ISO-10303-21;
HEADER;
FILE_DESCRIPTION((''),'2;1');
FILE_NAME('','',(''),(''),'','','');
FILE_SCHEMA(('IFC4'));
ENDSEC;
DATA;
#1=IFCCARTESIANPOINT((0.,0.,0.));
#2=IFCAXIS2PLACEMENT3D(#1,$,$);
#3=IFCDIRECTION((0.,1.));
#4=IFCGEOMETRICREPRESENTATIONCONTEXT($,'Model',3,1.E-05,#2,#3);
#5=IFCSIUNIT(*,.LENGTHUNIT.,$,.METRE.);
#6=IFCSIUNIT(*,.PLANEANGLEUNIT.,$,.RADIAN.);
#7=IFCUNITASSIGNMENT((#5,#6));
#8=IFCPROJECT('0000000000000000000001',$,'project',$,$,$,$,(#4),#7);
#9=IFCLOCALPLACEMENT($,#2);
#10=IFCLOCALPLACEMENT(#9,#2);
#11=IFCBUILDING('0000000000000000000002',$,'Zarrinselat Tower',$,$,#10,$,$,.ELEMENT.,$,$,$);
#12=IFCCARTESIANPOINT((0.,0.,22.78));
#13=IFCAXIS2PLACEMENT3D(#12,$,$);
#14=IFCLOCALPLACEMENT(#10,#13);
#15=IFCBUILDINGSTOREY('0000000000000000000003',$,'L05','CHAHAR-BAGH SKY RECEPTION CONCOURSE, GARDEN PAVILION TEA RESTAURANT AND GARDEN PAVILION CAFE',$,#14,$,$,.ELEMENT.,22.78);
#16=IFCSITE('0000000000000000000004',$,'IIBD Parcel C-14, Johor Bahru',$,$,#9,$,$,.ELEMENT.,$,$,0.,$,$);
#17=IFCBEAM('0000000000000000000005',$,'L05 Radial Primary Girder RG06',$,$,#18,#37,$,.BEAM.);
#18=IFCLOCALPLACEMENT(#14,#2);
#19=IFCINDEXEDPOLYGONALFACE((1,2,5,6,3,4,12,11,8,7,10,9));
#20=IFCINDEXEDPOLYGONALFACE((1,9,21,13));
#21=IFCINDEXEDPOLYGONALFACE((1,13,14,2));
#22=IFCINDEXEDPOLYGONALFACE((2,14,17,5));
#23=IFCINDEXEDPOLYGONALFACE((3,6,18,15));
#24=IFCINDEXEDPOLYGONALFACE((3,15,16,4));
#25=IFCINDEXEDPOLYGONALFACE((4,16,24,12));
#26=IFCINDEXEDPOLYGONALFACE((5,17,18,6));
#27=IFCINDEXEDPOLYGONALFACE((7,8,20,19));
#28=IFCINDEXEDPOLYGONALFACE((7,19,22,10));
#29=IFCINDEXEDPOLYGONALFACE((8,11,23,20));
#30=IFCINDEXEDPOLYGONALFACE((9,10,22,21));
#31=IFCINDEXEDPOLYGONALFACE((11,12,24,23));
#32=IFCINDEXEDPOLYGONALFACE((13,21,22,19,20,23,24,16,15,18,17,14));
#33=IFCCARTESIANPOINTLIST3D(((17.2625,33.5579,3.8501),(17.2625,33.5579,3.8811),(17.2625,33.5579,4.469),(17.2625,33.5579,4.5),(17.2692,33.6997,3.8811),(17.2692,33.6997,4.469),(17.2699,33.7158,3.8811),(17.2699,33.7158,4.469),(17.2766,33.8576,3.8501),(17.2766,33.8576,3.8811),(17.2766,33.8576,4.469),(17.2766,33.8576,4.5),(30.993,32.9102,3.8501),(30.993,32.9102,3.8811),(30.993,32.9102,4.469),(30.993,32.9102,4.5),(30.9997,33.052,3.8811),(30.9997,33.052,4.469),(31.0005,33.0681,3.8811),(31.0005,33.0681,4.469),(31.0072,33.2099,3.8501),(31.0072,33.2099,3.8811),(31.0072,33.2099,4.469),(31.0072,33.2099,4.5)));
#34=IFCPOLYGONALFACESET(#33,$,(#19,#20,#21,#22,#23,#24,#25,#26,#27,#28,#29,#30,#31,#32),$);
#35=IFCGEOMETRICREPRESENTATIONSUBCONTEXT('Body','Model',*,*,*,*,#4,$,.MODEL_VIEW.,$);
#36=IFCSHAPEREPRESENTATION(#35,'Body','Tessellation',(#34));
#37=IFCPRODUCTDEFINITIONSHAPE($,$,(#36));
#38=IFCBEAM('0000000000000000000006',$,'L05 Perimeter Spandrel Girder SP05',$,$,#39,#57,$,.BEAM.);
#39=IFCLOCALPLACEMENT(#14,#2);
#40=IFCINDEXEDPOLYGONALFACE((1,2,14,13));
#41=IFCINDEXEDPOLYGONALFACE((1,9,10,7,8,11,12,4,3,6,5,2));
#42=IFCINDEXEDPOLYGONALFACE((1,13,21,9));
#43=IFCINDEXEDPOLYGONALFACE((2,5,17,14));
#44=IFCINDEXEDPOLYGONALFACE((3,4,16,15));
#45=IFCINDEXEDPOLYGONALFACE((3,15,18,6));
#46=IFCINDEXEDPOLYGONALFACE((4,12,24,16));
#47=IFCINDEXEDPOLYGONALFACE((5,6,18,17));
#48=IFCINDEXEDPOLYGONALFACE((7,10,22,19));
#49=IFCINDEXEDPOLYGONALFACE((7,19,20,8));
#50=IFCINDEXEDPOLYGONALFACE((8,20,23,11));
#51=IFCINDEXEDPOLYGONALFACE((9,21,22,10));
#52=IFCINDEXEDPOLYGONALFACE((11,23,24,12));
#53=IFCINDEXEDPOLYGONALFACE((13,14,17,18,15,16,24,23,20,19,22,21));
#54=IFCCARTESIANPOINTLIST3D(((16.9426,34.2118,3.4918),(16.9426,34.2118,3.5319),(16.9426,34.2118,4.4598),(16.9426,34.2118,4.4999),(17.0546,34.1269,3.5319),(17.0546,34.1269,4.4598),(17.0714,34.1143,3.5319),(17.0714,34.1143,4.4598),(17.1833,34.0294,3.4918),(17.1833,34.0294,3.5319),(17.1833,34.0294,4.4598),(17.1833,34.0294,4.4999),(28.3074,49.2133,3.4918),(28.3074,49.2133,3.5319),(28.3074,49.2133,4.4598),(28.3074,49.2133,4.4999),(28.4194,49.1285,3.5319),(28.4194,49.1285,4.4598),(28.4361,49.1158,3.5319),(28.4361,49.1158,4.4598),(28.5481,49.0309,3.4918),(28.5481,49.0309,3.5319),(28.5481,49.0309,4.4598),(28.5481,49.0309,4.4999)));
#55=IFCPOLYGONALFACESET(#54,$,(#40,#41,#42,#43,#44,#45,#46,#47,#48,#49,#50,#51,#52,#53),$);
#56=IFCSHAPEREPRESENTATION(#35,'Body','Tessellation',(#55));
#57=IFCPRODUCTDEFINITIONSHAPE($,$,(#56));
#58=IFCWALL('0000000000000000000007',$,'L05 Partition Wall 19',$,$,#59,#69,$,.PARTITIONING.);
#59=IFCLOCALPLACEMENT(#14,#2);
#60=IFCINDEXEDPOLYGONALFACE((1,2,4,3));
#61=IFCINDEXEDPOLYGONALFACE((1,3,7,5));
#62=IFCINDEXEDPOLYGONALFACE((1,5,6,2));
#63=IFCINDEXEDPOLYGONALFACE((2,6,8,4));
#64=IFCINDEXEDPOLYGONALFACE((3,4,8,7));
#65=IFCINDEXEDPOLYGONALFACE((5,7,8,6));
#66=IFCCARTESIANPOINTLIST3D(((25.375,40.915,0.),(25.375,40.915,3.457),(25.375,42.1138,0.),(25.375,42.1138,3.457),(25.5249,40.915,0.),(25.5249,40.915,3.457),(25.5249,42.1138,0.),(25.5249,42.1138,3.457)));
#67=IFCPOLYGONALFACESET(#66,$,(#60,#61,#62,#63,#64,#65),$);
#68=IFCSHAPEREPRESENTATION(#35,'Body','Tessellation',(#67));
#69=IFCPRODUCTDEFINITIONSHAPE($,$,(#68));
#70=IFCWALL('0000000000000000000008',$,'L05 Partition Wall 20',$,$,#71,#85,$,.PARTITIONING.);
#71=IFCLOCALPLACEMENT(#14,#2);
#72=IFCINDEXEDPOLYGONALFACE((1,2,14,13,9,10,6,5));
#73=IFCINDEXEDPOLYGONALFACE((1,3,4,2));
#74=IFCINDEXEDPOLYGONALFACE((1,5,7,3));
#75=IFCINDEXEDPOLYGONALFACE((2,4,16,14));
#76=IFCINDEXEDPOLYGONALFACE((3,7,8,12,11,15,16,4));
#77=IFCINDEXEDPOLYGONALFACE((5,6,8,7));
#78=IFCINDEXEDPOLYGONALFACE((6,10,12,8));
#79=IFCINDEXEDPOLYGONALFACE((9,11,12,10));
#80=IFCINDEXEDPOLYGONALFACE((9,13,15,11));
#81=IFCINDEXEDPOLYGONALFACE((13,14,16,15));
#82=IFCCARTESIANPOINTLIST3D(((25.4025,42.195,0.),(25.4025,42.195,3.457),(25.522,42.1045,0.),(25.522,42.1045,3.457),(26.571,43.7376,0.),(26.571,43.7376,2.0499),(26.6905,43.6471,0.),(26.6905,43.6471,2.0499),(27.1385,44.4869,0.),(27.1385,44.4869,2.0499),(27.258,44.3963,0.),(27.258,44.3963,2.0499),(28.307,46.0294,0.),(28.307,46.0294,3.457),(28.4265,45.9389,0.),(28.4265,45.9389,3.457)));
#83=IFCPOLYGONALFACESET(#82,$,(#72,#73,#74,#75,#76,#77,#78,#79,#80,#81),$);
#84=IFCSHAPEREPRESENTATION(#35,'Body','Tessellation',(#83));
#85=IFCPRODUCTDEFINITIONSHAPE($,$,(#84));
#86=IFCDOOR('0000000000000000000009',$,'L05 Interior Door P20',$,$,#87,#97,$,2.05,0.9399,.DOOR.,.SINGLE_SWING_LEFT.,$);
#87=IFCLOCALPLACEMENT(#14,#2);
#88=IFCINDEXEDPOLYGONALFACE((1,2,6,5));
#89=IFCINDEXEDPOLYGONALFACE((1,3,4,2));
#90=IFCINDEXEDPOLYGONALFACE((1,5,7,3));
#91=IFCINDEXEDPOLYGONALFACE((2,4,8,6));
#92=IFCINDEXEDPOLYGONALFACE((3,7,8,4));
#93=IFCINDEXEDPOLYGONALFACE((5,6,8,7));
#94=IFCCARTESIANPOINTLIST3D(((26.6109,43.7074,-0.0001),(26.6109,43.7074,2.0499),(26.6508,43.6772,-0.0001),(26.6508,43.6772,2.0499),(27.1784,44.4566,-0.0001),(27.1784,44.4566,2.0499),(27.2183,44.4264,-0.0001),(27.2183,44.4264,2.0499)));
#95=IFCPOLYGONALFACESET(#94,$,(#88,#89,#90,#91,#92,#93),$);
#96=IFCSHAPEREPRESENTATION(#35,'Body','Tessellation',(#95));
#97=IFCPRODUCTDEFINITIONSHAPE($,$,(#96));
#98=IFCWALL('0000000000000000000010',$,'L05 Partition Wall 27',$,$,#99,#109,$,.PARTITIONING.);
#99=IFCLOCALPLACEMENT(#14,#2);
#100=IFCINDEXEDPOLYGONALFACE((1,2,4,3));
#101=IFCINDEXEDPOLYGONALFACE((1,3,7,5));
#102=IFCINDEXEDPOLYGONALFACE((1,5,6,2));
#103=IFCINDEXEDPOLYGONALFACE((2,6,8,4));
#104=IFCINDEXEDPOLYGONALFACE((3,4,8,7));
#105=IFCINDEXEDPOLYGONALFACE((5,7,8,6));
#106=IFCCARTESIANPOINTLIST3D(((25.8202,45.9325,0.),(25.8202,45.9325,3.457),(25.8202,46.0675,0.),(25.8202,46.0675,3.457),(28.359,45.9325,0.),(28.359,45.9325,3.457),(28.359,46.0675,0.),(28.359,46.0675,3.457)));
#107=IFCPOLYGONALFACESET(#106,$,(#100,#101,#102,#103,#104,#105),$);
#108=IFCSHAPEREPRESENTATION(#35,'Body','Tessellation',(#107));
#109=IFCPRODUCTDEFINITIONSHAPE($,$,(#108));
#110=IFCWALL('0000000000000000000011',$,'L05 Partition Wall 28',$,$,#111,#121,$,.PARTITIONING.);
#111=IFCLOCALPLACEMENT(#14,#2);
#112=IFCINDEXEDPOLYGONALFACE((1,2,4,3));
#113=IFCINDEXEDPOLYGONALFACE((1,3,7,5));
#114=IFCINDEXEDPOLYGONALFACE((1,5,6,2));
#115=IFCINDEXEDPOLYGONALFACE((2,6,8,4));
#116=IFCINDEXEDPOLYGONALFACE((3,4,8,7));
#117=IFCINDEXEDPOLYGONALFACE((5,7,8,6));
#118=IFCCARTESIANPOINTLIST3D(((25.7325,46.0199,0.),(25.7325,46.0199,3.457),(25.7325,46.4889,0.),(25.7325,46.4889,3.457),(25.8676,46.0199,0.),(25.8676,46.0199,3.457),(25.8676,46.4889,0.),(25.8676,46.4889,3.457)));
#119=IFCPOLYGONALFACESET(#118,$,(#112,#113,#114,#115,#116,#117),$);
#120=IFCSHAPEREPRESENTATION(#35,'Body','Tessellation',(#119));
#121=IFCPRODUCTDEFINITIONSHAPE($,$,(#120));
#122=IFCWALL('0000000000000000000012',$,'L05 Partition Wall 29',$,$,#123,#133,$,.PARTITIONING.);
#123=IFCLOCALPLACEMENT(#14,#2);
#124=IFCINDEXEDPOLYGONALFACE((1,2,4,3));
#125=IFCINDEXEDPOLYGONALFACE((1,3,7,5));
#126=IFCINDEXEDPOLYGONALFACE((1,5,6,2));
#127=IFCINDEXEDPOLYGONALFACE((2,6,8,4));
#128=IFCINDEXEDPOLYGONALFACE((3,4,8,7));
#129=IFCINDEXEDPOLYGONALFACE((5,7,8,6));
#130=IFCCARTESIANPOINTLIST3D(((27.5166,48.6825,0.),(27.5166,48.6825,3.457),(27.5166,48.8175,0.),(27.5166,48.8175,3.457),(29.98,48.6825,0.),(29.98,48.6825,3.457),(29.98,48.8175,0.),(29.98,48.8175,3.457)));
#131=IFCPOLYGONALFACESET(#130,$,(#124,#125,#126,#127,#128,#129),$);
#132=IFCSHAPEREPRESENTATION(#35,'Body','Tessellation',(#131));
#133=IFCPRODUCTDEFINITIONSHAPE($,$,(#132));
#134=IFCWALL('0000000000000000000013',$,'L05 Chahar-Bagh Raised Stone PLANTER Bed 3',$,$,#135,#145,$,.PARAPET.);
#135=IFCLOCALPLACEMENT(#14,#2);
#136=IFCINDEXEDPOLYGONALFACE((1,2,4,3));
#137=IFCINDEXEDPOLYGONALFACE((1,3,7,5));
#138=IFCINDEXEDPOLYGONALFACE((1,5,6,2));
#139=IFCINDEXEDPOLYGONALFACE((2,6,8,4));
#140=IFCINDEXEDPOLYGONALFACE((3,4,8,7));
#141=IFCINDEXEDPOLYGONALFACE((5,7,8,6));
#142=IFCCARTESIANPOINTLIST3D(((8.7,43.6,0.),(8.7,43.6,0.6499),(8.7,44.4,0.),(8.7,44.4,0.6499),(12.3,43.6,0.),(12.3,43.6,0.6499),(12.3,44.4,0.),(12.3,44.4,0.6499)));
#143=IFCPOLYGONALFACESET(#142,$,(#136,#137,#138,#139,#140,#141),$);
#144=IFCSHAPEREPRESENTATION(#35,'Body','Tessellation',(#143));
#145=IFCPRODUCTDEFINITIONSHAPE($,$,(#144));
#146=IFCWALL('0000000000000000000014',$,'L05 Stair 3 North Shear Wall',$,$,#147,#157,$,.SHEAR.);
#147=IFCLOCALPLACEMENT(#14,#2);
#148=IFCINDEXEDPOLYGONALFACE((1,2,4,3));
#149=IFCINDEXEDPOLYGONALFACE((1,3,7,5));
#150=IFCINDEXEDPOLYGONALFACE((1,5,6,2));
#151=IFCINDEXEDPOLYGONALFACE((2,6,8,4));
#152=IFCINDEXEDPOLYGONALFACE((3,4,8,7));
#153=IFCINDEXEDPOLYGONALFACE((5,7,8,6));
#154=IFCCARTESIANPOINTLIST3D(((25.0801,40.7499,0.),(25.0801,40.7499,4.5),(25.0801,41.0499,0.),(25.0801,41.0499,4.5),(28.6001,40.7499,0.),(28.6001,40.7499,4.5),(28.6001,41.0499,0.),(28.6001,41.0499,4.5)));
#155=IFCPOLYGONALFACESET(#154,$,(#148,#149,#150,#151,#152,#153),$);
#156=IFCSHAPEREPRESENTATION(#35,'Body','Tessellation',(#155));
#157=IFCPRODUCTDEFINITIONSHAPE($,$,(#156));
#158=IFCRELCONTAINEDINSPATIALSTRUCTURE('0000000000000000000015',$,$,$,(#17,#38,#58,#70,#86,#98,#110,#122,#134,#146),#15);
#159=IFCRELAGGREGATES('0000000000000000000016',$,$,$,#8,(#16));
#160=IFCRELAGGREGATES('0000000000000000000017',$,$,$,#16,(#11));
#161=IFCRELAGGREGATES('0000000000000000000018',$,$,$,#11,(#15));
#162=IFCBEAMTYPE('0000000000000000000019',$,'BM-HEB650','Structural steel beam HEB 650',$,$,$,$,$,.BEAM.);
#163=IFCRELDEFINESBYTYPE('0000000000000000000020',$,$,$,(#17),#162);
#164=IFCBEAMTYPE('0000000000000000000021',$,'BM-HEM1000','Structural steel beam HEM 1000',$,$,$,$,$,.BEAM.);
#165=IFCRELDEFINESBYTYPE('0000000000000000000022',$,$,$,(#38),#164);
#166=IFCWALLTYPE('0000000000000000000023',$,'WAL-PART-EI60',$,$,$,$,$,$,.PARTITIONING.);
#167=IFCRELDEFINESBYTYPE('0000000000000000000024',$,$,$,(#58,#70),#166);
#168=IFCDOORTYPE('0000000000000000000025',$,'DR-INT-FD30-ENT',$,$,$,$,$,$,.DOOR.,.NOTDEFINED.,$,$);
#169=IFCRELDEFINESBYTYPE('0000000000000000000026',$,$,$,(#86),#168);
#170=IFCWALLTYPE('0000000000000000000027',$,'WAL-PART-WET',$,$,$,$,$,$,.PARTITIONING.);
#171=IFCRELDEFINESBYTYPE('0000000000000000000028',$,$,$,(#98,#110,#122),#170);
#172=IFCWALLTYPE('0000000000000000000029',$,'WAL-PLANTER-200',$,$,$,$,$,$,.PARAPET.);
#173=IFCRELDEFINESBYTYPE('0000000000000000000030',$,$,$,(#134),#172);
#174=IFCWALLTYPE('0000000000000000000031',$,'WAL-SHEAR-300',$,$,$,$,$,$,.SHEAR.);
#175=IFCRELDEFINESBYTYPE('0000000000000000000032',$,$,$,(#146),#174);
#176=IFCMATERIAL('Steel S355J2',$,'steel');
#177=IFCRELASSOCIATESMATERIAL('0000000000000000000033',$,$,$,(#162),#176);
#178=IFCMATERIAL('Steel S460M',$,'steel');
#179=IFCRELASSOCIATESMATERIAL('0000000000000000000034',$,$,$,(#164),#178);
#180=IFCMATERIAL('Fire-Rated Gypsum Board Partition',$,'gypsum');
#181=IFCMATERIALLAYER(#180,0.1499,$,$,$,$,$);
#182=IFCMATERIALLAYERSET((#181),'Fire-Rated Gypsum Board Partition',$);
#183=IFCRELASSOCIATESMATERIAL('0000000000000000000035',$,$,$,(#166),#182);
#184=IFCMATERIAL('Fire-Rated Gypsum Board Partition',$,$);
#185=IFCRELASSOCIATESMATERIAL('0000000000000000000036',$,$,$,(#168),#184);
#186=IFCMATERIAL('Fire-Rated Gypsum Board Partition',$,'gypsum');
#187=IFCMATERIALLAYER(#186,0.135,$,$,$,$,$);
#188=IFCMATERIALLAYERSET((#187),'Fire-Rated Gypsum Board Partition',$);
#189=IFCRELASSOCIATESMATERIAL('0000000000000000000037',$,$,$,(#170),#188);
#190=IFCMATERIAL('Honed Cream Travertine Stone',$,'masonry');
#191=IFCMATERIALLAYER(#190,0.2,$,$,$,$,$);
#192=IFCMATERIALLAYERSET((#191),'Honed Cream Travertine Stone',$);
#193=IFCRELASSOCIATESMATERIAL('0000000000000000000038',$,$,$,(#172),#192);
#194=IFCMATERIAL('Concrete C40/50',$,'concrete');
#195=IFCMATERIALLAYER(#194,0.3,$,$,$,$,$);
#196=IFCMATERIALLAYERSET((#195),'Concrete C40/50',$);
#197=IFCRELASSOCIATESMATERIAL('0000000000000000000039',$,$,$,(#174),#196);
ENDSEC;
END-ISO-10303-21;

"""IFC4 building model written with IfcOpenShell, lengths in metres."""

from ifc_helpers import new_model, si_unit, direction, frame, frame_2d, origin, origin_2d, place, context, subcontext, project, spatial, rectangle, i_section, extrude, material, layer, layer_set, material_profile, profile_set, type_object, element, fill, save


model = new_model("IFC4")

# Units and contexts
model_context = context("Model", 3, precision=1e-05, world=origin(), true_north=direction((0.0, 1.0)))
body_context = subcontext(model_context, "Body", "Model", "MODEL_VIEW")
ifc_project = project(units=[si_unit("LENGTHUNIT", "METRE"), si_unit("PLANEANGLEUNIT", "RADIAN")], contexts=[model_context])

# Site, building, storey
site_placement = place(None, origin())
site = spatial("IfcSite", under=ifc_project, at=site_placement, Name="IIBD Parcel C-14, Johor Bahru", CompositionType="ELEMENT", RefElevation=0.0)
building_placement = place(site_placement, origin())
building = spatial("IfcBuilding", under=site, at=building_placement, Name="Zarrinselat Tower", CompositionType="ELEMENT")
storey_placement = place(building_placement, frame((0.0, 0.0, 22.78)))
storey = spatial("IfcBuildingStorey", under=building, at=storey_placement, Name="L05", Description="CHAHAR-BAGH SKY RECEPTION CONCOURSE, GARDEN PAVILION TEA RESTAURANT AND GARDEN PAVILION CAFE", CompositionType="ELEMENT", Elevation=22.78)

# Beams
ifc_material_1 = material(Name="Steel S355J2", Category="steel")
ifc_material_profile_1 = material_profile(ifc_material_1, i_section(OverallWidth=0.3, OverallDepth=0.6499, WebThickness=0.0161, FlangeThickness=0.031, at=origin_2d()), Name="HEB 650")
ifc_profile_set_1 = profile_set([ifc_material_profile_1], Name="Steel S355J2")
beam_type_1 = type_object("IfcBeamType", Name="BM-HEB650", Description="Structural steel beam HEB 650", PredefinedType="BEAM", material=ifc_profile_set_1)
beam_1_placement = place(storey_placement, frame((17.2695, 33.7078, 4.175), z_axis=(0.998889, -0.04712, 0.0), x_axis=(0.04712, 0.998889, 0.0)))
element("IfcBeam", 1, at=beam_1_placement, inside=storey, type_object=beam_type_1, Name="L05 Radial Primary Girder RG06", PredefinedType="BEAM", context=body_context, shape_type="SweptSolid", body=[
    extrude(i_section(OverallWidth=0.3, OverallDepth=0.6499, WebThickness=0.0161, FlangeThickness=0.031, at=origin_2d()), origin(), (0.0, 0.0, 1.0), 13.7458),
])
ifc_material_2 = material(Name="Steel S460M", Category="steel")
ifc_material_profile_2 = material_profile(ifc_material_2, i_section(OverallWidth=0.302, OverallDepth=1.0081, WebThickness=0.021, FlangeThickness=0.04, at=origin_2d()), Name="HEM 1000")
ifc_profile_set_2 = profile_set([ifc_material_profile_2], Name="Steel S460M")
beam_type_2 = type_object("IfcBeamType", Name="BM-HEM1000", Description="Structural steel beam HEM 1000", PredefinedType="BEAM", material=ifc_profile_set_2)
beam_2_placement = place(storey_placement, frame((17.063, 34.1206, 3.9958), z_axis=(0.603858, 0.797092, 0.0), x_axis=(-0.797092, 0.603858, 0.0)))
element("IfcBeam", 2, at=beam_2_placement, inside=storey, type_object=beam_type_2, Name="L05 Perimeter Spandrel Girder SP05", PredefinedType="BEAM", context=body_context, shape_type="SweptSolid", body=[
    extrude(i_section(OverallWidth=0.302, OverallDepth=1.0081, WebThickness=0.021, FlangeThickness=0.04, at=origin_2d()), origin(), (0.0, 0.0, 1.0), 18.8203),
])

# Wall
ifc_material_3 = material(Name="Fire-Rated Gypsum Board Partition", Category="gypsum")
ifc_layer_1 = layer(ifc_material_3, 0.1499)
ifc_layer_set_1 = layer_set([ifc_layer_1], Name="Fire-Rated Gypsum Board Partition")
wall_type_1 = type_object("IfcWallType", Name="WAL-PART-EI60", PredefinedType="PARTITIONING", material=ifc_layer_set_1)
wall_1_placement = place(storey_placement, frame((25.45, 40.915, 0.0), z_axis=(0.0, 0.0, 1.0), x_axis=(0.0, 1.0, 0.0)))
element("IfcWall", 3, at=wall_1_placement, inside=storey, type_object=wall_type_1, Name="L05 Partition Wall 19", PredefinedType="PARTITIONING", context=body_context, shape_type="SweptSolid", body=[
    extrude(rectangle(XDim=1.1987, YDim=0.1499, at=frame_2d((0.5994, 0.0))), origin(), (0.0, 0.0, 1.0), 3.457),
])

# Wall, opening, door
wall_2_placement = place(storey_placement, frame((25.4622, 42.1497, 0.0), z_axis=(0.0, 0.0, 1.0), x_axis=(0.60381, 0.797128, 0.0)))
wall_2 = element("IfcWall", 4, at=wall_2_placement, inside=storey, type_object=wall_type_1, Name="L05 Partition Wall 20", PredefinedType="PARTITIONING", context=body_context, shape_type="SweptSolid", body=[
    extrude(rectangle(XDim=4.8103, YDim=0.1499, at=frame_2d((2.4053, 0.0))), origin(), (0.0, 0.0, 1.0), 3.457),
])
opening_placement = place(wall_2_placement, frame((1.9353, 0.0, 0.0)))
opening = element("IfcOpeningElement", 5, at=opening_placement, cuts=wall_2, PredefinedType="OPENING", context=body_context, shape_type="SweptSolid", body=[
    extrude(rectangle(XDim=0.9399, YDim=2.05, at=frame_2d((0.47, 1.0249))), frame((0.0, 0.085, 0.0), z_axis=(0.0, -1.0, 0.0), x_axis=(1.0, 0.0, 0.0)), (0.0, 0.0, 1.0), 0.1699),
])
ifc_material_4 = material(Name="Fire-Rated Gypsum Board Partition")
door_type = type_object("IfcDoorType", Name="DR-INT-FD30-ENT", OperationType="NOTDEFINED", PredefinedType="DOOR", material=ifc_material_4)
door_placement = place(opening_placement, origin())
door = element("IfcDoor", 6, at=door_placement, inside=storey, type_object=door_type, Name="L05 Interior Door P20", OperationType="SINGLE_SWING_LEFT", OverallHeight=2.05, OverallWidth=0.9399, PredefinedType="DOOR", context=body_context, shape_type="SweptSolid", body=[
    extrude(rectangle(XDim=0.9399, YDim=2.05, at=frame_2d((0.47, 1.0249))), frame((0.0, 0.0249, 0.0), z_axis=(0.0, -1.0, 0.0), x_axis=(1.0, 0.0, 0.0)), (0.0, 0.0, 1.0), 0.05),
])
fill(opening, door)

# Walls
ifc_material_5 = material(Name="Fire-Rated Gypsum Board Partition", Category="gypsum")
ifc_layer_2 = layer(ifc_material_5, 0.135)
ifc_layer_set_2 = layer_set([ifc_layer_2], Name="Fire-Rated Gypsum Board Partition")
wall_type_2 = type_object("IfcWallType", Name="WAL-PART-WET", PredefinedType="PARTITIONING", material=ifc_layer_set_2)
wall_3_placement = place(storey_placement, frame((25.8201, 46.0, 0.0), z_axis=(0.0, 0.0, 1.0), x_axis=(1.0, 0.0, 0.0)))
element("IfcWall", 7, at=wall_3_placement, inside=storey, type_object=wall_type_2, Name="L05 Partition Wall 27", PredefinedType="PARTITIONING", context=body_context, shape_type="SweptSolid", body=[
    extrude(rectangle(XDim=2.5388, YDim=0.135, at=frame_2d((1.2695, 0.0))), origin(), (0.0, 0.0, 1.0), 3.457),
])
wall_4_placement = place(storey_placement, frame((25.8, 46.02, 0.0), z_axis=(0.0, 0.0, 1.0), x_axis=(0.0, 1.0, 0.0)))
element("IfcWall", 8, at=wall_4_placement, inside=storey, type_object=wall_type_2, Name="L05 Partition Wall 28", PredefinedType="PARTITIONING", context=body_context, shape_type="SweptSolid", body=[
    extrude(rectangle(XDim=0.469, YDim=0.135, at=frame_2d((0.2344, 0.0))), origin(), (0.0, 0.0, 1.0), 3.457),
])
wall_5_placement = place(storey_placement, frame((27.5166, 48.75, 0.0), z_axis=(0.0, 0.0, 1.0), x_axis=(1.0, 0.0, 0.0)))
element("IfcWall", 9, at=wall_5_placement, inside=storey, type_object=wall_type_2, Name="L05 Partition Wall 29", PredefinedType="PARTITIONING", context=body_context, shape_type="SweptSolid", body=[
    extrude(rectangle(XDim=2.4634, YDim=0.135, at=frame_2d((1.2317, 0.0))), origin(), (0.0, 0.0, 1.0), 3.457),
])
ifc_material_6 = material(Name="Honed Cream Travertine Stone", Category="masonry")
ifc_layer_3 = layer(ifc_material_6, 0.2)
ifc_layer_set_3 = layer_set([ifc_layer_3], Name="Honed Cream Travertine Stone")
wall_type_3 = type_object("IfcWallType", Name="WAL-PLANTER-200", PredefinedType="PARAPET", material=ifc_layer_set_3)
wall_6_placement = place(storey_placement, frame((8.7, 44.0, 0.0), z_axis=(0.0, 0.0, 1.0), x_axis=(1.0, 0.0, 0.0)))
element("IfcWall", 10, at=wall_6_placement, inside=storey, type_object=wall_type_3, Name="L05 Chahar-Bagh Raised Stone PLANTER Bed 3", PredefinedType="PARAPET", context=body_context, shape_type="SweptSolid", body=[
    extrude(rectangle(XDim=3.6001, YDim=0.8, at=frame_2d((1.8, 0.0))), origin(), (0.0, 0.0, 1.0), 0.6499),
])
ifc_material_7 = material(Name="Concrete C40/50", Category="concrete")
ifc_layer_4 = layer(ifc_material_7, 0.3)
ifc_layer_set_4 = layer_set([ifc_layer_4], Name="Concrete C40/50")
wall_type_4 = type_object("IfcWallType", Name="WAL-SHEAR-300", PredefinedType="SHEAR", material=ifc_layer_set_4)
wall_7_placement = place(storey_placement, frame((25.0801, 40.8999, 0.0), z_axis=(0.0, 0.0, 1.0), x_axis=(1.0, 0.0, 0.0)))
element("IfcWall", 11, at=wall_7_placement, inside=storey, type_object=wall_type_4, Name="L05 Stair 3 North Shear Wall", PredefinedType="SHEAR", context=body_context, shape_type="SweptSolid", body=[
    extrude(rectangle(XDim=3.52, YDim=0.3, at=frame_2d((1.76, 0.0))), origin(), (0.0, 0.0, 1.0), 4.5),
])

save(model, "model.ifc")
